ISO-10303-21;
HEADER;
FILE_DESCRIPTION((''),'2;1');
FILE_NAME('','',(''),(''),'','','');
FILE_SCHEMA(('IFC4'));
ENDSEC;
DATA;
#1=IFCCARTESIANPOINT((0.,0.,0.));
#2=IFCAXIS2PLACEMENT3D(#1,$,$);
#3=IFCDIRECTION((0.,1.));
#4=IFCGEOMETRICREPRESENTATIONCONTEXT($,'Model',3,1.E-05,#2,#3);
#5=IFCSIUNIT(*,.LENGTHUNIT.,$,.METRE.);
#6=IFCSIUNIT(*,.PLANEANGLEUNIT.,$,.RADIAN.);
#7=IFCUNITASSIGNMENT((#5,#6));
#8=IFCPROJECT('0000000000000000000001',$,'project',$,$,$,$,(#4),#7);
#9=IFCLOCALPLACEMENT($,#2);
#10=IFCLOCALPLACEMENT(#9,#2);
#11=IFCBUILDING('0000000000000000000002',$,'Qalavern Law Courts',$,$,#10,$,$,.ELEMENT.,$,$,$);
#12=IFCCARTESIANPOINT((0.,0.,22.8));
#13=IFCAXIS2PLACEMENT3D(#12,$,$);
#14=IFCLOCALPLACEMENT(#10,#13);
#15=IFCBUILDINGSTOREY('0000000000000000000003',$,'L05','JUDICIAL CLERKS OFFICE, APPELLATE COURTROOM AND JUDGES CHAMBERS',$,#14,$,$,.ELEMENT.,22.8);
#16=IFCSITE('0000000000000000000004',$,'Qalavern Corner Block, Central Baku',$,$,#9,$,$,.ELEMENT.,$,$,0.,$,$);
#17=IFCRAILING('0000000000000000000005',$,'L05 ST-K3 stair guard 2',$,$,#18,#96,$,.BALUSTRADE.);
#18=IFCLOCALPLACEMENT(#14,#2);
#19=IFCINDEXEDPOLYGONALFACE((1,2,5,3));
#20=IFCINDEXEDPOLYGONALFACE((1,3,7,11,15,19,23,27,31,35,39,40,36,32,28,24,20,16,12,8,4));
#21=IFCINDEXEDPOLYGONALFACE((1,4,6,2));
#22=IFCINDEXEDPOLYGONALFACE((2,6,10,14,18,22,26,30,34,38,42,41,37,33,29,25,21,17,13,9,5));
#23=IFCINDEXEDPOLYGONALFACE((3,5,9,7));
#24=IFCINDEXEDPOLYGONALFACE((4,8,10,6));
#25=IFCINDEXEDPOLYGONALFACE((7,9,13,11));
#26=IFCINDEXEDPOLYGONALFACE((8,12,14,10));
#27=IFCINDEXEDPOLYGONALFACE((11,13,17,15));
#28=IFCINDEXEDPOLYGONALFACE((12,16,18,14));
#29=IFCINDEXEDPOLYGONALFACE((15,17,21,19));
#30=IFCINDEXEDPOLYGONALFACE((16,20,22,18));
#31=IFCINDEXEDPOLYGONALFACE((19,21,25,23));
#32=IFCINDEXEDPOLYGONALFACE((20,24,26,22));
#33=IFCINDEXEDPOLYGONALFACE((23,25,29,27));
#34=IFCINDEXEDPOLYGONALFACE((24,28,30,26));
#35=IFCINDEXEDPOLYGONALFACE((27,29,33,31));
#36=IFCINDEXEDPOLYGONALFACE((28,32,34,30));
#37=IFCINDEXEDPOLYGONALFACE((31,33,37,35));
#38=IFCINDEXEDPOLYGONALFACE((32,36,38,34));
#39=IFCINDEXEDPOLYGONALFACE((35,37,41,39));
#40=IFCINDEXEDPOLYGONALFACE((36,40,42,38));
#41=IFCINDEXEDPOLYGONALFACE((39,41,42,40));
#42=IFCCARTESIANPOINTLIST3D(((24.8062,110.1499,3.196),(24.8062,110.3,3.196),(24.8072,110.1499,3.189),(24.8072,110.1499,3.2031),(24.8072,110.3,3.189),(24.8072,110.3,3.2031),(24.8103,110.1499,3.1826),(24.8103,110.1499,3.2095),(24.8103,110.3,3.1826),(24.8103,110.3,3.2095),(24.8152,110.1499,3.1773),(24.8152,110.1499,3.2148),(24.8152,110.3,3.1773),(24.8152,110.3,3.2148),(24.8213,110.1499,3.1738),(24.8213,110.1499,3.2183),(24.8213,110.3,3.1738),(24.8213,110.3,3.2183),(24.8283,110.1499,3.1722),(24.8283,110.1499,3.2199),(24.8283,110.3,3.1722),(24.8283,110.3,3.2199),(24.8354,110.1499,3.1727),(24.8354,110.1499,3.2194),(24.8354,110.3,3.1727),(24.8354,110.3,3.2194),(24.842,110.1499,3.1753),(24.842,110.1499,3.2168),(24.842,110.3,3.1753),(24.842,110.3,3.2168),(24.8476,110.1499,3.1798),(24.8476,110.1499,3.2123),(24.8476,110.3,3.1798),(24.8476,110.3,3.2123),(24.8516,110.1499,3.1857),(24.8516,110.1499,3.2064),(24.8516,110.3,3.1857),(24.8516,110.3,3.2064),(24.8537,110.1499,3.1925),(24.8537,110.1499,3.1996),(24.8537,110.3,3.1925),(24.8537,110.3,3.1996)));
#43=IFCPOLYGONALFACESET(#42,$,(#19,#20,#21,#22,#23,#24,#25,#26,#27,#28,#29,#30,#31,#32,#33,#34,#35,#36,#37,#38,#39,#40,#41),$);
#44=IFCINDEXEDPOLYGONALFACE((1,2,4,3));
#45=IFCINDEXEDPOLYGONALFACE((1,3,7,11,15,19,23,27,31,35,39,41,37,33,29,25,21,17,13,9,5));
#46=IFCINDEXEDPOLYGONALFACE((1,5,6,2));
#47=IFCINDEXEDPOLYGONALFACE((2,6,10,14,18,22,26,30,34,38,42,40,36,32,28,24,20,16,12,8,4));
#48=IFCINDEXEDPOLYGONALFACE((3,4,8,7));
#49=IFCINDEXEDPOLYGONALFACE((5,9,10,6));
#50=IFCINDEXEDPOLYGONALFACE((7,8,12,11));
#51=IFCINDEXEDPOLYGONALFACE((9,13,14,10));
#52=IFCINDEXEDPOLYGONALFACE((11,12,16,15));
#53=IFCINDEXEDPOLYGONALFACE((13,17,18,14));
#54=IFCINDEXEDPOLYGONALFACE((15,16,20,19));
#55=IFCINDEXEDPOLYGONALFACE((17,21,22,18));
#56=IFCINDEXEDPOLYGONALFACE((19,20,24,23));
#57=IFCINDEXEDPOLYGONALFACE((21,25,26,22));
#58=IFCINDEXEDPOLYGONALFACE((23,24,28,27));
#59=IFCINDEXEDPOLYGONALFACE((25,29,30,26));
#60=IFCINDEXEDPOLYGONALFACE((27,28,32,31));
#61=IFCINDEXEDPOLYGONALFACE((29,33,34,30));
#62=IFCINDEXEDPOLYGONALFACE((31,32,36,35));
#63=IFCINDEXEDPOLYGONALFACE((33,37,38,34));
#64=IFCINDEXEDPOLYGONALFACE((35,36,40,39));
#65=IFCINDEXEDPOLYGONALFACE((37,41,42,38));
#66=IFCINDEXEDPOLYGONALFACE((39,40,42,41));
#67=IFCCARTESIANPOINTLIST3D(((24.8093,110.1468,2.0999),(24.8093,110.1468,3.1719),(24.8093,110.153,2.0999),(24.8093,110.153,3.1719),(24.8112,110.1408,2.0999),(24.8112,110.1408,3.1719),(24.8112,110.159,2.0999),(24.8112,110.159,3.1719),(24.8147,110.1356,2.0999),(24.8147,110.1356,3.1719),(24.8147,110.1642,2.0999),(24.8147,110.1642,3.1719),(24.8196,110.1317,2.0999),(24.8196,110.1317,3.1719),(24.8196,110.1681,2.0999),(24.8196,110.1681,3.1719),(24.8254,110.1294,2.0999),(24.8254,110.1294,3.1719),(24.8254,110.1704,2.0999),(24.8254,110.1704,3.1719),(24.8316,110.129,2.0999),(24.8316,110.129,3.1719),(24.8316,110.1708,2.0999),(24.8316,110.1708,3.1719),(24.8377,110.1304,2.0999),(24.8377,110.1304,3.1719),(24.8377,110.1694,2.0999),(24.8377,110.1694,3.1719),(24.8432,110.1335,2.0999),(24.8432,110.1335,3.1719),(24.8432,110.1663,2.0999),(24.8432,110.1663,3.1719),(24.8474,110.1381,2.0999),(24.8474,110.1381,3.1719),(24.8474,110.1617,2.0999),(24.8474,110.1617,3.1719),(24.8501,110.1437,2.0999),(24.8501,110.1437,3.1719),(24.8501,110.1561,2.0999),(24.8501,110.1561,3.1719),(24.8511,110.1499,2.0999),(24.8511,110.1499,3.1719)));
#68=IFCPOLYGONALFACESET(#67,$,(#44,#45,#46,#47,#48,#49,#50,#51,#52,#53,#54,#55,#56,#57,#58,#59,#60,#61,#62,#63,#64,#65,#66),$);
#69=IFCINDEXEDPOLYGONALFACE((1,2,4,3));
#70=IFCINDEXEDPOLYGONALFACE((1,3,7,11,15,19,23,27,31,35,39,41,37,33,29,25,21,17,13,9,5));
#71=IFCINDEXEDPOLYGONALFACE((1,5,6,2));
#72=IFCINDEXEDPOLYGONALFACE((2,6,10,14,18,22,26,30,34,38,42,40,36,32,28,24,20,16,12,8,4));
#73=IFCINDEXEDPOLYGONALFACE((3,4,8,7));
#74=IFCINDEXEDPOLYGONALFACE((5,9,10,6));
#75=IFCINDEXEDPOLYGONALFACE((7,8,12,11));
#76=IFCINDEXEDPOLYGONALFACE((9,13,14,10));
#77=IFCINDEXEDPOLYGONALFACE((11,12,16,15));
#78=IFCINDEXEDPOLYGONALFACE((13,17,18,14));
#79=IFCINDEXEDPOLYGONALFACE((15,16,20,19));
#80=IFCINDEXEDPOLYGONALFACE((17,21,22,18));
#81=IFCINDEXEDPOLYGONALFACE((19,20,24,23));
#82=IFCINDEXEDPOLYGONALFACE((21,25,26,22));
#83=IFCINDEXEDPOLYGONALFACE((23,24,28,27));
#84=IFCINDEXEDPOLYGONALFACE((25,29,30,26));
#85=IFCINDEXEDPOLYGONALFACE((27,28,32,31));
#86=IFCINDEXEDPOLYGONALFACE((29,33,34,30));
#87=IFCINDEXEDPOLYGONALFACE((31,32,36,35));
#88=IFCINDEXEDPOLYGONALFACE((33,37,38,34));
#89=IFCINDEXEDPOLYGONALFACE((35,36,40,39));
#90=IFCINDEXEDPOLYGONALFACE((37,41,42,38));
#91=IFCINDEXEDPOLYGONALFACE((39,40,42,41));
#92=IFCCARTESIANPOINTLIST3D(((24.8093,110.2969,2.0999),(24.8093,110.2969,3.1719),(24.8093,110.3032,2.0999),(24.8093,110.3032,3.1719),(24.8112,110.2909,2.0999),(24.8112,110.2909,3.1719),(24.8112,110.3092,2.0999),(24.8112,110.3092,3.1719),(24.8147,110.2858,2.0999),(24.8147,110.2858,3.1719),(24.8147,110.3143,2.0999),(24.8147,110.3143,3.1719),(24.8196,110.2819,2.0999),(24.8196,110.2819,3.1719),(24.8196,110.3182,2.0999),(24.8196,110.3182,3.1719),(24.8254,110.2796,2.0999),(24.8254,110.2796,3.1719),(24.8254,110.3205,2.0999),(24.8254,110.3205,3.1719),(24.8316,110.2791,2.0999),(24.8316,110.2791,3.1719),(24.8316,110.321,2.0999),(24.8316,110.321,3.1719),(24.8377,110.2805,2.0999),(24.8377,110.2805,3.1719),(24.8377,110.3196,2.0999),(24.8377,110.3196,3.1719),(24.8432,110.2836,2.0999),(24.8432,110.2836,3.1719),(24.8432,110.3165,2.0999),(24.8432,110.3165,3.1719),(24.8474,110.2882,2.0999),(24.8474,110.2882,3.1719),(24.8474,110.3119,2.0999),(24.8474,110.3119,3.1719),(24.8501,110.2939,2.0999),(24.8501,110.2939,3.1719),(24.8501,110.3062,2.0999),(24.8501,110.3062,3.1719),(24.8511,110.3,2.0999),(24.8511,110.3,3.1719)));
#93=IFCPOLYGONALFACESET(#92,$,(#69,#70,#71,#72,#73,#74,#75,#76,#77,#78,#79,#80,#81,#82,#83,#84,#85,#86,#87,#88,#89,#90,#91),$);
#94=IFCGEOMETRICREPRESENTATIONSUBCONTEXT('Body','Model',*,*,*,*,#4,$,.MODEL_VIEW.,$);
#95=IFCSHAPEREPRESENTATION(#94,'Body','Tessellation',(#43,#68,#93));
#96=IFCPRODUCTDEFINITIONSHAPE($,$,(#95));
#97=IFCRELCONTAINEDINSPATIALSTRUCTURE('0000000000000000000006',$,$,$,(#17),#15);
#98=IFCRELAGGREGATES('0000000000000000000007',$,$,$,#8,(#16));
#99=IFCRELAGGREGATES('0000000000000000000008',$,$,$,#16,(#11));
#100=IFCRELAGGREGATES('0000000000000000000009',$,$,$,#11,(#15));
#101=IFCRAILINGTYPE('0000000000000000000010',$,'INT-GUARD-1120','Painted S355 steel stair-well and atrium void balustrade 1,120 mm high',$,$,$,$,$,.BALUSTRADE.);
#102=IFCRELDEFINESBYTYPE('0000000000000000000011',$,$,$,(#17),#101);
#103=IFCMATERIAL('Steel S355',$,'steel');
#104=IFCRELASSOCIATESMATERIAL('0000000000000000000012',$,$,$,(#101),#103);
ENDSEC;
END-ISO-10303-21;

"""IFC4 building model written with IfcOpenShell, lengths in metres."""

from ifc_helpers import new_model, si_unit, direction, frame, origin, origin_2d, place, context, subcontext, project, spatial, circle, extrude, material, type_object, element, save


model = new_model("IFC4")

# Units and contexts
model_context = context("Model", 3, precision=1e-05, world=origin(), true_north=direction((0.0, 1.0)))
body_context = subcontext(model_context, "Body", "Model", "MODEL_VIEW")
ifc_project = project(units=[si_unit("LENGTHUNIT", "METRE"), si_unit("PLANEANGLEUNIT", "RADIAN")], contexts=[model_context])

# Site, building, storey
site_placement = place(None, origin())
site = spatial("IfcSite", under=ifc_project, at=site_placement, Name="Qalavern Corner Block, Central Baku", CompositionType="ELEMENT", RefElevation=0.0)
building_placement = place(site_placement, origin())
building = spatial("IfcBuilding", under=site, at=building_placement, Name="Qalavern Law Courts", CompositionType="ELEMENT")
storey_placement = place(building_placement, frame((0.0, 0.0, 22.8)))
storey = spatial("IfcBuildingStorey", under=building, at=storey_placement, Name="L05", Description="JUDICIAL CLERKS OFFICE, APPELLATE COURTROOM AND JUDGES CHAMBERS", CompositionType="ELEMENT", Elevation=22.8)

# Railing
ifc_material_1 = material(Name="Steel S355", Category="steel")
railing_type_1 = type_object("IfcRailingType", Name="INT-GUARD-1120", Description="Painted S355 steel stair-well and atrium void balustrade 1,120 mm high", PredefinedType="BALUSTRADE", material=ifc_material_1)
railing_1_placement = place(storey_placement, frame((24.8301, 110.1499, 2.0999)))
element("IfcRailing", 1, at=railing_1_placement, inside=storey, type_object=railing_type_1, Name="L05 ST-K3 stair guard 2", PredefinedType="BALUSTRADE", context=body_context, shape_type="SweptSolid", body=[
    extrude(circle(Radius=0.0239, at=origin_2d()), frame((0.0, 0.0, 1.0962), z_axis=(0.0, 1.0, 0.0), x_axis=(-1.0, 0.0, 0.0)), (0.0, 0.0, 1.0), 0.1501),
    extrude(circle(Radius=0.021, at=origin_2d()), origin(), (0.0, 0.0, 1.0), 1.072),
    extrude(circle(Radius=0.021, at=origin_2d()), frame((0.0, 0.1501, 0.0)), (0.0, 0.0, 1.0), 1.072),
])

save(model, "model.ifc")
